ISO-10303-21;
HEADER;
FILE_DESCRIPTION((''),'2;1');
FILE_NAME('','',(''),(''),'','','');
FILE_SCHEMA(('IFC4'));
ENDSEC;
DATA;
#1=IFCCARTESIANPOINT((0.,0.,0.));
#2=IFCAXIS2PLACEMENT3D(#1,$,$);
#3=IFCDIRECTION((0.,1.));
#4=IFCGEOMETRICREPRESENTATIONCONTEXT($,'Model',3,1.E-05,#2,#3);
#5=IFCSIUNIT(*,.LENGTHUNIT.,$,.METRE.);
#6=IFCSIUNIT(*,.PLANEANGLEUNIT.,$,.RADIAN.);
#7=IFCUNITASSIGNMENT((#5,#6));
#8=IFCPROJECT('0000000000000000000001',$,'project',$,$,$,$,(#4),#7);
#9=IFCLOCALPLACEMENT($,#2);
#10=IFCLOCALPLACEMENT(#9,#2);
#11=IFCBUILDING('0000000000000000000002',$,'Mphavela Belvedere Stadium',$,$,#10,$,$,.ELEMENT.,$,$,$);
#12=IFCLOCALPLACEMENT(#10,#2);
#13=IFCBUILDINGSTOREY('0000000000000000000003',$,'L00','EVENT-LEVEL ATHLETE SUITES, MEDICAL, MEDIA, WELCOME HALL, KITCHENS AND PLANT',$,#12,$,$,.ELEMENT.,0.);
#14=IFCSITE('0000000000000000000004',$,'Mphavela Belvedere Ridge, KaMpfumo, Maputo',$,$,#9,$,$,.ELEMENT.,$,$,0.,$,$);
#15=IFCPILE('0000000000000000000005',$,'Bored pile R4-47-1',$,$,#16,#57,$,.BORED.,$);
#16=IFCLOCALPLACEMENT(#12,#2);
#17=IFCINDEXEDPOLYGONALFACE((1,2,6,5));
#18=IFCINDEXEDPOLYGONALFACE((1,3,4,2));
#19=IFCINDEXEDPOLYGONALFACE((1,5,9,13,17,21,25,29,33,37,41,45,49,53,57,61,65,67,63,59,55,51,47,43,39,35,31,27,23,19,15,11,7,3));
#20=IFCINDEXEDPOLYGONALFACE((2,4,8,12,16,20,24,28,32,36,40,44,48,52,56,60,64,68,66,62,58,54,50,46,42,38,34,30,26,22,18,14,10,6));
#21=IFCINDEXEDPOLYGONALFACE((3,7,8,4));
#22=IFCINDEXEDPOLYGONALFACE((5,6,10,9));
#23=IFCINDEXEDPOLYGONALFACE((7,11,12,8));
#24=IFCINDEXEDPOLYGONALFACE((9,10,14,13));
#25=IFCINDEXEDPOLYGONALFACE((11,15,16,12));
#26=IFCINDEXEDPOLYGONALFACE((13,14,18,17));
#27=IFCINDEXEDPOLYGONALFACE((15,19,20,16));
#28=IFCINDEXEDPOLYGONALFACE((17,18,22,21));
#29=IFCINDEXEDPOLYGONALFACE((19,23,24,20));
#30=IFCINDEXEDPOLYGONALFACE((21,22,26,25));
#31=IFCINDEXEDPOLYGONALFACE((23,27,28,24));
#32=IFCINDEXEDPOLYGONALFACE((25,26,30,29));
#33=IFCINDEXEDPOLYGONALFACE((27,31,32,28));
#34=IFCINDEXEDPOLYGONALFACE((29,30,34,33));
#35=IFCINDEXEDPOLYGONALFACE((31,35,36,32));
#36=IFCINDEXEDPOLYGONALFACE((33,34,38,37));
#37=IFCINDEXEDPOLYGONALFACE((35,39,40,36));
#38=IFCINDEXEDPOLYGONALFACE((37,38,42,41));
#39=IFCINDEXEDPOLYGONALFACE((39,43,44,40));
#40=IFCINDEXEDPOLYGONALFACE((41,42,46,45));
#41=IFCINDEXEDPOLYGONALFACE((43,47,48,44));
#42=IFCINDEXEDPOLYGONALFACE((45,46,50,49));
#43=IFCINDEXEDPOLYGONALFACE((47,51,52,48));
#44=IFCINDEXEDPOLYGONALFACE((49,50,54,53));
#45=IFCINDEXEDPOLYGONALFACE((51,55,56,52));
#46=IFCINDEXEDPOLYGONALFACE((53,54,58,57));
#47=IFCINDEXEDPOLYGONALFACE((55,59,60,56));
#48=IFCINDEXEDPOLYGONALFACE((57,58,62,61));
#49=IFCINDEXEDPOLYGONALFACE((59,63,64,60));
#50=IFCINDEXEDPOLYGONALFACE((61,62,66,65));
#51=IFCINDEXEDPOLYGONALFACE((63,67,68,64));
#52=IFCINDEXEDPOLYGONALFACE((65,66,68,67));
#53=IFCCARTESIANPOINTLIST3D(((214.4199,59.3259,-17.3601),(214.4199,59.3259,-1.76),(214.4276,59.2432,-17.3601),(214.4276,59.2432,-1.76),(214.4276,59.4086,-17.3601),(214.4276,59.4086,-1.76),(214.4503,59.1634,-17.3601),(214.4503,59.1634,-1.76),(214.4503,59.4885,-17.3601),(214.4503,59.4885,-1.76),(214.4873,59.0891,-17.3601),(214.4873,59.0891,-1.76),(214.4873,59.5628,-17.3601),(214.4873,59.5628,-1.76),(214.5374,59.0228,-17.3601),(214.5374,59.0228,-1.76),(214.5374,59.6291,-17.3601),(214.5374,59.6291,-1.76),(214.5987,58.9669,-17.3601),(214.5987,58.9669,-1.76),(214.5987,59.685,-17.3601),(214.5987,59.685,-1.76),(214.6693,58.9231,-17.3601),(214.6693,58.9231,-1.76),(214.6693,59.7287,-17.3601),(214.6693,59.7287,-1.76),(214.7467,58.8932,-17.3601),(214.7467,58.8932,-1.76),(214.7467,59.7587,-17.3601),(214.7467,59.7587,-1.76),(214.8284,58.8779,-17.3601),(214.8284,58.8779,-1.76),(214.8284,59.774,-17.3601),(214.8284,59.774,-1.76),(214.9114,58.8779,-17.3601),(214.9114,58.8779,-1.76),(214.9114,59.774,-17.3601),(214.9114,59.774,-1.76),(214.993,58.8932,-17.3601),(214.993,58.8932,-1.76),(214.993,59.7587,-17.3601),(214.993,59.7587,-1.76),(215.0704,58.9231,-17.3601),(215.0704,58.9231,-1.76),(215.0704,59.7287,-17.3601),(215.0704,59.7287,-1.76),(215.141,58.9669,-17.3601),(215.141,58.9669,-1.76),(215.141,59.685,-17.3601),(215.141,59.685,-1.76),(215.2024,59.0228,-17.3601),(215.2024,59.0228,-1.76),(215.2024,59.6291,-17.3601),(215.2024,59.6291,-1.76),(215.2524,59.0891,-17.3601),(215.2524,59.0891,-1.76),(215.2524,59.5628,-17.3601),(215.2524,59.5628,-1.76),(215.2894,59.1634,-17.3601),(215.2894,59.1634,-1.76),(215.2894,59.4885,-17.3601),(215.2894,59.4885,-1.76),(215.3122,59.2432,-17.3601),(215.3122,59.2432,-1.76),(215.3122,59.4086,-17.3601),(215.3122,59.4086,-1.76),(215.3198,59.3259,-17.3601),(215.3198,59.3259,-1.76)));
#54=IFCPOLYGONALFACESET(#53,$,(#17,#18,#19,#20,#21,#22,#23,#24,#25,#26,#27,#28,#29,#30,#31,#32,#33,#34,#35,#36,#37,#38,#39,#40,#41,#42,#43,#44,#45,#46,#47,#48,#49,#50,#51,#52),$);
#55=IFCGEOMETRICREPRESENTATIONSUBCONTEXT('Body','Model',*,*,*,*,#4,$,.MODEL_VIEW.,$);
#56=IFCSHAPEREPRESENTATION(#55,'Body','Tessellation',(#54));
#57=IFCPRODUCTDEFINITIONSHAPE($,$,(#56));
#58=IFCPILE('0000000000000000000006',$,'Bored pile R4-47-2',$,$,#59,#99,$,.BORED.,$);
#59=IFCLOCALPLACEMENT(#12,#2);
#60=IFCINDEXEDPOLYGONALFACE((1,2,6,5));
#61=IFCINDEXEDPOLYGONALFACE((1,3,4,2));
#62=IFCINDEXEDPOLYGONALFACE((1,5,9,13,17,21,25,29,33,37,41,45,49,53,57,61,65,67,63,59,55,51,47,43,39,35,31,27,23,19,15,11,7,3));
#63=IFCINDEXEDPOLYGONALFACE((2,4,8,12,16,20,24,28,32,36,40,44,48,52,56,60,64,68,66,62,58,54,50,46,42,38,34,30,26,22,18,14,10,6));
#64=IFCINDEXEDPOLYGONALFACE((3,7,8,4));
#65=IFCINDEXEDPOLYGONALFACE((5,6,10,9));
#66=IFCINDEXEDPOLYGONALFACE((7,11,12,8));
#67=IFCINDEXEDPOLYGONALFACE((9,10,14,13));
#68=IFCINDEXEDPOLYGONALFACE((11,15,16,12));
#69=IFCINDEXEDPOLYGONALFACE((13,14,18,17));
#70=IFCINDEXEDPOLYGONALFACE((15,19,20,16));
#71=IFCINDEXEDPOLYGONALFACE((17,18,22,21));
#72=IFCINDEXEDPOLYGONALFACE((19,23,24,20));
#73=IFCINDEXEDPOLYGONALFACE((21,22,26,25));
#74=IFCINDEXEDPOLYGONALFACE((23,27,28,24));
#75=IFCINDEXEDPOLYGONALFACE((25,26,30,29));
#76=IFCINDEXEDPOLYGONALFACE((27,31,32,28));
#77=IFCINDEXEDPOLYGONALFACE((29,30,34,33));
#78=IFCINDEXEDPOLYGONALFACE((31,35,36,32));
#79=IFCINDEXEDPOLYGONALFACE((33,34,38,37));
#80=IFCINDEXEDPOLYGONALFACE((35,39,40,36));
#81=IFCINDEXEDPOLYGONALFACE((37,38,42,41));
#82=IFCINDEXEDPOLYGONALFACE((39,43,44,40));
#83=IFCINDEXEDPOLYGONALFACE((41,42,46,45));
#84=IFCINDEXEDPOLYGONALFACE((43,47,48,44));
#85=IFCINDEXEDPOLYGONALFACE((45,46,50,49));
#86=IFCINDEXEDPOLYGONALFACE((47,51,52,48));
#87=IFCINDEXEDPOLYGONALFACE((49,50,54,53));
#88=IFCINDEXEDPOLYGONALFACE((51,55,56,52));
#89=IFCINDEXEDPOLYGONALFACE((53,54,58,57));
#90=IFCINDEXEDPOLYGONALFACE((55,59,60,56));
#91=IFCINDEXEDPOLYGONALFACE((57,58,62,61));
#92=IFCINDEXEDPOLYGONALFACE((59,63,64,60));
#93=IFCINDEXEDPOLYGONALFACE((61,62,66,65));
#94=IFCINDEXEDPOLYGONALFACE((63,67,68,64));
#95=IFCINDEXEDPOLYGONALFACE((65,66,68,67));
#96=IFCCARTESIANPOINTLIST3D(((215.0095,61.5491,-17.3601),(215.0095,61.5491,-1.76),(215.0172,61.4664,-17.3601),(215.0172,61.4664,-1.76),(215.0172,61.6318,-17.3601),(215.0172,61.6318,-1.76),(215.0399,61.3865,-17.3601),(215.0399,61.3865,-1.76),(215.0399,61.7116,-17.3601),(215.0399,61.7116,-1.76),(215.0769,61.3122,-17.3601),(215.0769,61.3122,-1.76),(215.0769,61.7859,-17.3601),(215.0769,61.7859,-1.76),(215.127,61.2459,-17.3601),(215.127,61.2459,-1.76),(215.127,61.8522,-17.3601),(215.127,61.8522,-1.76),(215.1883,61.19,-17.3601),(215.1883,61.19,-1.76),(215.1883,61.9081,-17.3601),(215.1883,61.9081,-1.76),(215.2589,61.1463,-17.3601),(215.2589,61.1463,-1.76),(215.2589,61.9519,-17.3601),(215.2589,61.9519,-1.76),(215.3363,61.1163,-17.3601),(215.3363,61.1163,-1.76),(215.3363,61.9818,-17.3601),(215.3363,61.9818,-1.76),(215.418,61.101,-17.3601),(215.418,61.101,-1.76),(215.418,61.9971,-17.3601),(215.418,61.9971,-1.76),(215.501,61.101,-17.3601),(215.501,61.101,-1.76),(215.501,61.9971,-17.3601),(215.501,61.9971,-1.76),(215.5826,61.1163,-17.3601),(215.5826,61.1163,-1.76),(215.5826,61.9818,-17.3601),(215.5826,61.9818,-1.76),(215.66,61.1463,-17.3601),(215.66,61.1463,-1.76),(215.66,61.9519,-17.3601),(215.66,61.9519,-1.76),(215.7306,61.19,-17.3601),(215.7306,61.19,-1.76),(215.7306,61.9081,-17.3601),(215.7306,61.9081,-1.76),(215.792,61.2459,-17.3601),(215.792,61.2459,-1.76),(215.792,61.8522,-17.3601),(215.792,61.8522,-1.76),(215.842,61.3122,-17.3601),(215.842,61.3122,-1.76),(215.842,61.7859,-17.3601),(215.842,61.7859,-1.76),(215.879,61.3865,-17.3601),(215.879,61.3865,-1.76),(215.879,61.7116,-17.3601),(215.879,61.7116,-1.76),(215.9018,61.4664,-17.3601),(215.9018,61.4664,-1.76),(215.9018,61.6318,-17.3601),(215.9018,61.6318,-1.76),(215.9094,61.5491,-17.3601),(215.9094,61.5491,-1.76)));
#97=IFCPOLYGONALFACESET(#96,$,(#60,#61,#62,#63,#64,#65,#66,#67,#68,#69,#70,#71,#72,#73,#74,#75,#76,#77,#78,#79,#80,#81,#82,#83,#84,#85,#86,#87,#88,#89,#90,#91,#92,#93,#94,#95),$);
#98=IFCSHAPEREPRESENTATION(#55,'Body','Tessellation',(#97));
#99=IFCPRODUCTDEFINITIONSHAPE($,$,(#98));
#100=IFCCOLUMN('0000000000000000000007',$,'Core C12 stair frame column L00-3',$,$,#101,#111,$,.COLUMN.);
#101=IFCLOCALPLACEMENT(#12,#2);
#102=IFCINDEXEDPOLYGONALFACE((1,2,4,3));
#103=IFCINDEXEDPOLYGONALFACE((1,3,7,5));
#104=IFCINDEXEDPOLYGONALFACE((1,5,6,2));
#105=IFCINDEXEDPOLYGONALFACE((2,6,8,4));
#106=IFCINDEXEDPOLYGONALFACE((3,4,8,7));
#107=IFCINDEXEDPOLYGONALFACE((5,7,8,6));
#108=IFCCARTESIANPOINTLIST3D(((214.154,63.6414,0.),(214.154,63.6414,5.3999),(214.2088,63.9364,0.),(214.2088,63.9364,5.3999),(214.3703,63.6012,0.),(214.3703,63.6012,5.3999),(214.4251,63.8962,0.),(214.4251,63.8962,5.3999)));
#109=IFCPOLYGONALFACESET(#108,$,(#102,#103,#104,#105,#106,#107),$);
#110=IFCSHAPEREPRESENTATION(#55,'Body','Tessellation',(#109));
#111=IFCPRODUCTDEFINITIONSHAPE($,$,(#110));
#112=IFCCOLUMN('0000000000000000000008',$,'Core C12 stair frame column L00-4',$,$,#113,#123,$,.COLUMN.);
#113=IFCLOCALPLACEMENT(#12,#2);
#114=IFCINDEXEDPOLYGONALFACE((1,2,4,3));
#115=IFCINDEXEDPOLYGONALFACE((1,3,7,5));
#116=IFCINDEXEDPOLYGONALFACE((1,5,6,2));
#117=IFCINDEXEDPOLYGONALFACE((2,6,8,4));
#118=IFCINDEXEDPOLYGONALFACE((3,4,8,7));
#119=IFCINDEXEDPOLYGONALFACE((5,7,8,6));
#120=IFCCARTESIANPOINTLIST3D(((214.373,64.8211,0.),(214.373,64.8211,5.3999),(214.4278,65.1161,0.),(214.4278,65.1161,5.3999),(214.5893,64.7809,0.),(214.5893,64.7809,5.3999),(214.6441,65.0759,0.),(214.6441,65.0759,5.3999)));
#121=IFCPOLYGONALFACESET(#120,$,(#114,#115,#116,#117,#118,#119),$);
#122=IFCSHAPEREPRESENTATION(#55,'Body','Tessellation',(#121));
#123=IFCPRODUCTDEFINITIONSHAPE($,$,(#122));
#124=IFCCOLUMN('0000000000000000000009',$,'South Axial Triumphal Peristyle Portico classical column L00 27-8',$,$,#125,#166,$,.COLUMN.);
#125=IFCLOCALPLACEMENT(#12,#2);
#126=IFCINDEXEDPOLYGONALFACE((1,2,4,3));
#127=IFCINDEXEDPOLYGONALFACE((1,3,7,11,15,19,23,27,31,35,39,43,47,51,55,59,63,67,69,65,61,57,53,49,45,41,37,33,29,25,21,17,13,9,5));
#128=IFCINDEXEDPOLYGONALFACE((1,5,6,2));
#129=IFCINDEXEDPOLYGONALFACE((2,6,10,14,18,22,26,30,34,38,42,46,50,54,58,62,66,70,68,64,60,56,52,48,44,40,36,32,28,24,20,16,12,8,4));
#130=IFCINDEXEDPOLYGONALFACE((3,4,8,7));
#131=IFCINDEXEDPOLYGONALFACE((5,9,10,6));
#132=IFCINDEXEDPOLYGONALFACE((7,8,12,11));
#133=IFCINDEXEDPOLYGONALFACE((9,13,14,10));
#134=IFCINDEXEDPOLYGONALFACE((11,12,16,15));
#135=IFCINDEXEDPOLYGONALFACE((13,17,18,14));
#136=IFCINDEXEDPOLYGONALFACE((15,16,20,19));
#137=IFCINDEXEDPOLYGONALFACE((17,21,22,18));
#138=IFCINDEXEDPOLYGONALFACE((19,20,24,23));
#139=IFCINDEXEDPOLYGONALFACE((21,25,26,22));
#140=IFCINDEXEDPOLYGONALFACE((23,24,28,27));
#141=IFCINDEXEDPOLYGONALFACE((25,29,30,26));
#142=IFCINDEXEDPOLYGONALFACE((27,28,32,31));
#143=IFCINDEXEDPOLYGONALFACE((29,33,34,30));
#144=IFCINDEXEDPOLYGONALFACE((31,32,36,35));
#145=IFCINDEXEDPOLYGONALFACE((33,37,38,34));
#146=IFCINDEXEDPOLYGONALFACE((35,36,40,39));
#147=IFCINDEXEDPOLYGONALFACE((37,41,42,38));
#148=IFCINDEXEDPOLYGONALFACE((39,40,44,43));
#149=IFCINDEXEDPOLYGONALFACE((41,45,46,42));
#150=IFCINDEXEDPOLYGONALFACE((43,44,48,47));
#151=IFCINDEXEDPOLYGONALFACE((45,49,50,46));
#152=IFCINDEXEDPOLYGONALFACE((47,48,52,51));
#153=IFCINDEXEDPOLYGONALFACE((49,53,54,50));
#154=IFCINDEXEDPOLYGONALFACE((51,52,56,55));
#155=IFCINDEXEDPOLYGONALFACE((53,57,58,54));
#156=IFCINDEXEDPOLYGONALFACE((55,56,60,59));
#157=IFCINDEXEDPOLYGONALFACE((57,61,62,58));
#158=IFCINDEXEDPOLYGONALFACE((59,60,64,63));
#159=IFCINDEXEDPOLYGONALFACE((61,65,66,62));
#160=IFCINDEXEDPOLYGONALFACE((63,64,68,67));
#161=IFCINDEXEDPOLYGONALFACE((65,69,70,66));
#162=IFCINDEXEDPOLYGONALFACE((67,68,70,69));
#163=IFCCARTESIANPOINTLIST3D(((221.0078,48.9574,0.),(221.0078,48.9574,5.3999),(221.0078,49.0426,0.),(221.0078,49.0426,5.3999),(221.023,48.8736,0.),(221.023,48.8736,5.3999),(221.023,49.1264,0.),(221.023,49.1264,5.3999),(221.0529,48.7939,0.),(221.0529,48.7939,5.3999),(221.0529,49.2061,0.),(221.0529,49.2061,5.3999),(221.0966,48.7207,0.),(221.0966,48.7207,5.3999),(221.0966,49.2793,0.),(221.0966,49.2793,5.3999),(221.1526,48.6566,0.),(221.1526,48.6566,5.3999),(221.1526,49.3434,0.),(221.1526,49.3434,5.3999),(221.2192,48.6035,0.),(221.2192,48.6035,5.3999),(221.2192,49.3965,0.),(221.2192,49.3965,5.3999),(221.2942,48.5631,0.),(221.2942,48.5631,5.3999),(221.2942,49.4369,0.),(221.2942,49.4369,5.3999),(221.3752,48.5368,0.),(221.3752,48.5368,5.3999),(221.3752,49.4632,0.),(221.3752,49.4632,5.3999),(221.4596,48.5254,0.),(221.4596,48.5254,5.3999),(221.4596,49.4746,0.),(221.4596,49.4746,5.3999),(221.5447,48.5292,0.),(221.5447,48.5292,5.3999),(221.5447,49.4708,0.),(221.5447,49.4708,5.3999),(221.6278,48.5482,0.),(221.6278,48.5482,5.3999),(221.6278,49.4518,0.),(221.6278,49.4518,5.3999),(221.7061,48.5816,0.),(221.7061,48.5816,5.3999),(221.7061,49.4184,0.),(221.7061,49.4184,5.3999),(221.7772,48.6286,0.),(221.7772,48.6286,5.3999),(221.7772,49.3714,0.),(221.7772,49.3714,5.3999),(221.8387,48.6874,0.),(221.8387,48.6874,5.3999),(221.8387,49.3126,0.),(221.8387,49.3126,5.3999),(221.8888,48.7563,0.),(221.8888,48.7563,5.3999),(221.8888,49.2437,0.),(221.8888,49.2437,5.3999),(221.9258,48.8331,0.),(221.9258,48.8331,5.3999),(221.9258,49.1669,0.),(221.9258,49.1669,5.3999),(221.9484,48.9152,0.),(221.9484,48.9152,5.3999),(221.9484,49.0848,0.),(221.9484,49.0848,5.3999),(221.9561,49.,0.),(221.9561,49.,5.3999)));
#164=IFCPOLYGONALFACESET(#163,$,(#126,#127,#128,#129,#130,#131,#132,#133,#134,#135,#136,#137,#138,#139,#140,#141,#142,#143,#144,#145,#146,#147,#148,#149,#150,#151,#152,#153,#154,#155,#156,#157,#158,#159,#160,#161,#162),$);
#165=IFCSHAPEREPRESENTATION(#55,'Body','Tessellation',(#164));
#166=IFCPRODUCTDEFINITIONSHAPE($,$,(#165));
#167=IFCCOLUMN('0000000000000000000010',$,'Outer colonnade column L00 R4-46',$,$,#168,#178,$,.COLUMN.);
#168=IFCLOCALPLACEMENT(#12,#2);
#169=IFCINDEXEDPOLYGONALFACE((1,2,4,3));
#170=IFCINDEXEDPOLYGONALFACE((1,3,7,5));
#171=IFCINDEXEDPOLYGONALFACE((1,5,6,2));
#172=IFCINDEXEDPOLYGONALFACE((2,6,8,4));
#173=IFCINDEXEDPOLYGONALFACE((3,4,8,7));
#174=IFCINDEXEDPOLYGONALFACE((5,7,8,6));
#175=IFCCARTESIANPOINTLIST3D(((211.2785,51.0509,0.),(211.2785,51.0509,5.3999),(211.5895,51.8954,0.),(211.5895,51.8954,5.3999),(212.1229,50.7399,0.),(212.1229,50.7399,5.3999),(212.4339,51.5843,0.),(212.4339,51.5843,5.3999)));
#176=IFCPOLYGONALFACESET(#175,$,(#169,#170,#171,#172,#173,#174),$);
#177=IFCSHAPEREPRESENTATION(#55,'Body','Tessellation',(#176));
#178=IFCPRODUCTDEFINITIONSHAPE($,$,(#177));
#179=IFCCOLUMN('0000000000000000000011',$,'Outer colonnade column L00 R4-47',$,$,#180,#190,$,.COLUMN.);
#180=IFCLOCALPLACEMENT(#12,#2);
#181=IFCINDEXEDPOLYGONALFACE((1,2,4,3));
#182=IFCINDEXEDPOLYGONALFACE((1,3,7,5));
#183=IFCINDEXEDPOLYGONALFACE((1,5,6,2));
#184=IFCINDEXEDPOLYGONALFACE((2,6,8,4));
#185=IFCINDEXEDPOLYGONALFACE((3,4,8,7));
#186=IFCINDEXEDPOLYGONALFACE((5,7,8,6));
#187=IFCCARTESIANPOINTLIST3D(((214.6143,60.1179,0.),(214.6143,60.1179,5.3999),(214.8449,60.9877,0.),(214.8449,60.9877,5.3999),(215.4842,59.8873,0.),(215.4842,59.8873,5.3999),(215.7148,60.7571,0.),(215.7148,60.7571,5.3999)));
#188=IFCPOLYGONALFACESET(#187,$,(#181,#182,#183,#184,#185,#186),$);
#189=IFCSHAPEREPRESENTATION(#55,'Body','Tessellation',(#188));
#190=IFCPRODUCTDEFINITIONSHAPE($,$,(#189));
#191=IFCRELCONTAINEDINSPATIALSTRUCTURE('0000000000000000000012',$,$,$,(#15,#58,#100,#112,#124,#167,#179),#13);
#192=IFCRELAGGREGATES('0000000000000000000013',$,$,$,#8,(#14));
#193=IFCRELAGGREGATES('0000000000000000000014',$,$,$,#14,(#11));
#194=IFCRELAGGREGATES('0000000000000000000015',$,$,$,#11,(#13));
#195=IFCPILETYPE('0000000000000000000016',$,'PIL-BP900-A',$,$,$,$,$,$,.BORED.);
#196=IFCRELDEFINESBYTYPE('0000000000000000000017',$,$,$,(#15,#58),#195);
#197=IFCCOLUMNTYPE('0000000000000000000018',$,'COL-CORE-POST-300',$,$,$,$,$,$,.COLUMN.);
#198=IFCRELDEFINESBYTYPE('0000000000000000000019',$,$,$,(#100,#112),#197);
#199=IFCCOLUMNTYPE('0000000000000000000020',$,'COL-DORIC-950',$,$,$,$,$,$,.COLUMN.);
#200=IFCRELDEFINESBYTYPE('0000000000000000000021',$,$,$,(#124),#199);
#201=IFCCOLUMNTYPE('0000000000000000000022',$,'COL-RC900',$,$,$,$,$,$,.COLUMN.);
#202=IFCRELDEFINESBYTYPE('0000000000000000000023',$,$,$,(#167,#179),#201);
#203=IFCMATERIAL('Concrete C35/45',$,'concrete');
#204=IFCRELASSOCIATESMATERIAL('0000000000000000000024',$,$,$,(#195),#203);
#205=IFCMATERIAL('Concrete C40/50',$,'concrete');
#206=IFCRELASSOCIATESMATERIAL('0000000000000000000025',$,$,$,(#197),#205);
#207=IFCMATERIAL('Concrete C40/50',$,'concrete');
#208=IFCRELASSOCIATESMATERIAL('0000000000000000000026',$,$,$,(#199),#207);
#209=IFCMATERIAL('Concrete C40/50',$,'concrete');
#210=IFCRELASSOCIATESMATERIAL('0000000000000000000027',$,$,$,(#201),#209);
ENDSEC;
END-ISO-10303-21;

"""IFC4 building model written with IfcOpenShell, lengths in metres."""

from ifc_helpers import new_model, si_unit, direction, frame, origin, origin_2d, place, context, subcontext, project, spatial, rectangle, circle, extrude, material, material_profile, profile_set, type_object, element, save


model = new_model("IFC4")

# Units and contexts
model_context = context("Model", 3, precision=1e-05, world=origin(), true_north=direction((0.0, 1.0)))
body_context = subcontext(model_context, "Body", "Model", "MODEL_VIEW")
ifc_project = project(units=[si_unit("LENGTHUNIT", "METRE"), si_unit("PLANEANGLEUNIT", "RADIAN")], contexts=[model_context])

# Site, building, storey
site_placement = place(None, origin())
site = spatial("IfcSite", under=ifc_project, at=site_placement, Name="Mphavela Belvedere Ridge, KaMpfumo, Maputo", CompositionType="ELEMENT", RefElevation=0.0)
building_placement = place(site_placement, origin())
building = spatial("IfcBuilding", under=site, at=building_placement, Name="Mphavela Belvedere Stadium", CompositionType="ELEMENT")
storey_placement = place(building_placement, origin())
storey = spatial("IfcBuildingStorey", under=building, at=storey_placement, Name="L00", Description="EVENT-LEVEL ATHLETE SUITES, MEDICAL, MEDIA, WELCOME HALL, KITCHENS AND PLANT", CompositionType="ELEMENT", Elevation=0.0)

# Piles
ifc_material_1 = material(Name="Concrete C35/45", Category="concrete")
ifc_material_profile_1 = material_profile(ifc_material_1, circle(Radius=0.45, at=origin_2d()), Name="BP D900")
ifc_profile_set_1 = profile_set([ifc_material_profile_1], Name="Concrete C35/45")
pile_type = type_object("IfcPileType", Name="PIL-BP900-A", PredefinedType="BORED", material=ifc_profile_set_1)
for number, where, z_axis, x_axis, name in (
    (1, (214.8699, 59.3259, -1.76), (0.0, 0.0, -1.0), (1.0, 0.0, 0.0), "Bored pile R4-47-1"),
    (2, (215.4595, 61.5491, -1.76), (0.0, 0.0, -1.0), (1.0, 0.0, 0.0), "Bored pile R4-47-2"),
):
    element("IfcPile", number, at=place(storey_placement, frame(where, z_axis=z_axis, x_axis=x_axis)), inside=storey, type_object=pile_type, Name=name, PredefinedType="BORED", context=body_context, shape_type="SweptSolid", body=[
        extrude(circle(Radius=0.45, at=origin_2d()), origin(), (0.0, 0.0, 1.0), 15.6001),
    ])

# Columns
ifc_material_2 = material(Name="Concrete C40/50", Category="concrete")
ifc_material_profile_2 = material_profile(ifc_material_2, rectangle(XDim=0.3, YDim=0.22, at=origin_2d()), Name="RC 300x220")
ifc_profile_set_2 = profile_set([ifc_material_profile_2], Name="Concrete C40/50")
column_type_1 = type_object("IfcColumnType", Name="COL-CORE-POST-300", PredefinedType="COLUMN", material=ifc_profile_set_2)
for number, where, z_axis, x_axis, name in (
    (3, (214.2896, 63.7688, 0.0), (0.0, 0.0, 1.0), (-0.182579, -0.983191, 0.0), "Core C12 stair frame column L00-3"),
    (4, (214.5085, 64.9485, 0.0), (0.0, 0.0, 1.0), (-0.182579, -0.983191, 0.0), "Core C12 stair frame column L00-4"),
):
    element("IfcColumn", number, at=place(storey_placement, frame(where, z_axis=z_axis, x_axis=x_axis)), inside=storey, type_object=column_type_1, Name=name, PredefinedType="COLUMN", context=body_context, shape_type="SweptSolid", body=[
        extrude(rectangle(XDim=0.3, YDim=0.22, at=origin_2d()), origin(), (0.0, 0.0, 1.0), 5.3999),
    ])
ifc_material_3 = material(Name="Concrete C40/50", Category="concrete")
ifc_material_profile_3 = material_profile(ifc_material_3, circle(Radius=0.4751, at=origin_2d()), Name="COL D950")
ifc_profile_set_3 = profile_set([ifc_material_profile_3], Name="Concrete C40/50")
column_type_2 = type_object("IfcColumnType", Name="COL-DORIC-950", PredefinedType="COLUMN", material=ifc_profile_set_3)
column_1_placement = place(storey_placement, frame((221.481, 49.0, 0.0), z_axis=(0.0, 0.0, 1.0), x_axis=(1.0, 0.0, 0.0)))
element("IfcColumn", 5, at=column_1_placement, inside=storey, type_object=column_type_2, Name="South Axial Triumphal Peristyle Portico classical column L00 27-8", PredefinedType="COLUMN", context=body_context, shape_type="SweptSolid", body=[
    extrude(circle(Radius=0.4751, at=origin_2d()), origin(), (0.0, 0.0, 1.0), 5.3999),
])
ifc_material_4 = material(Name="Concrete C40/50", Category="concrete")
ifc_material_profile_4 = material_profile(ifc_material_4, rectangle(XDim=0.8999, YDim=0.8999, at=origin_2d()), Name="RC 900x900")
ifc_profile_set_4 = profile_set([ifc_material_profile_4], Name="Concrete C40/50")
column_type_3 = type_object("IfcColumnType", Name="COL-RC900", PredefinedType="COLUMN", material=ifc_profile_set_4)
for number, where, z_axis, x_axis, name in (
    (6, (211.8562, 51.3176, 0.0), (0.0, 0.0, 1.0), (0.938372, -0.345626, 0.0), "Outer colonnade column L00 R4-46"),
    (7, (215.1646, 60.4375, 0.0), (0.0, 0.0, 1.0), (0.9666, -0.256289, 0.0), "Outer colonnade column L00 R4-47"),
):
    element("IfcColumn", number, at=place(storey_placement, frame(where, z_axis=z_axis, x_axis=x_axis)), inside=storey, type_object=column_type_3, Name=name, PredefinedType="COLUMN", context=body_context, shape_type="SweptSolid", body=[
        extrude(rectangle(XDim=0.8999, YDim=0.8999, at=origin_2d()), origin(), (0.0, 0.0, 1.0), 5.3999),
    ])

save(model, "model.ifc")
